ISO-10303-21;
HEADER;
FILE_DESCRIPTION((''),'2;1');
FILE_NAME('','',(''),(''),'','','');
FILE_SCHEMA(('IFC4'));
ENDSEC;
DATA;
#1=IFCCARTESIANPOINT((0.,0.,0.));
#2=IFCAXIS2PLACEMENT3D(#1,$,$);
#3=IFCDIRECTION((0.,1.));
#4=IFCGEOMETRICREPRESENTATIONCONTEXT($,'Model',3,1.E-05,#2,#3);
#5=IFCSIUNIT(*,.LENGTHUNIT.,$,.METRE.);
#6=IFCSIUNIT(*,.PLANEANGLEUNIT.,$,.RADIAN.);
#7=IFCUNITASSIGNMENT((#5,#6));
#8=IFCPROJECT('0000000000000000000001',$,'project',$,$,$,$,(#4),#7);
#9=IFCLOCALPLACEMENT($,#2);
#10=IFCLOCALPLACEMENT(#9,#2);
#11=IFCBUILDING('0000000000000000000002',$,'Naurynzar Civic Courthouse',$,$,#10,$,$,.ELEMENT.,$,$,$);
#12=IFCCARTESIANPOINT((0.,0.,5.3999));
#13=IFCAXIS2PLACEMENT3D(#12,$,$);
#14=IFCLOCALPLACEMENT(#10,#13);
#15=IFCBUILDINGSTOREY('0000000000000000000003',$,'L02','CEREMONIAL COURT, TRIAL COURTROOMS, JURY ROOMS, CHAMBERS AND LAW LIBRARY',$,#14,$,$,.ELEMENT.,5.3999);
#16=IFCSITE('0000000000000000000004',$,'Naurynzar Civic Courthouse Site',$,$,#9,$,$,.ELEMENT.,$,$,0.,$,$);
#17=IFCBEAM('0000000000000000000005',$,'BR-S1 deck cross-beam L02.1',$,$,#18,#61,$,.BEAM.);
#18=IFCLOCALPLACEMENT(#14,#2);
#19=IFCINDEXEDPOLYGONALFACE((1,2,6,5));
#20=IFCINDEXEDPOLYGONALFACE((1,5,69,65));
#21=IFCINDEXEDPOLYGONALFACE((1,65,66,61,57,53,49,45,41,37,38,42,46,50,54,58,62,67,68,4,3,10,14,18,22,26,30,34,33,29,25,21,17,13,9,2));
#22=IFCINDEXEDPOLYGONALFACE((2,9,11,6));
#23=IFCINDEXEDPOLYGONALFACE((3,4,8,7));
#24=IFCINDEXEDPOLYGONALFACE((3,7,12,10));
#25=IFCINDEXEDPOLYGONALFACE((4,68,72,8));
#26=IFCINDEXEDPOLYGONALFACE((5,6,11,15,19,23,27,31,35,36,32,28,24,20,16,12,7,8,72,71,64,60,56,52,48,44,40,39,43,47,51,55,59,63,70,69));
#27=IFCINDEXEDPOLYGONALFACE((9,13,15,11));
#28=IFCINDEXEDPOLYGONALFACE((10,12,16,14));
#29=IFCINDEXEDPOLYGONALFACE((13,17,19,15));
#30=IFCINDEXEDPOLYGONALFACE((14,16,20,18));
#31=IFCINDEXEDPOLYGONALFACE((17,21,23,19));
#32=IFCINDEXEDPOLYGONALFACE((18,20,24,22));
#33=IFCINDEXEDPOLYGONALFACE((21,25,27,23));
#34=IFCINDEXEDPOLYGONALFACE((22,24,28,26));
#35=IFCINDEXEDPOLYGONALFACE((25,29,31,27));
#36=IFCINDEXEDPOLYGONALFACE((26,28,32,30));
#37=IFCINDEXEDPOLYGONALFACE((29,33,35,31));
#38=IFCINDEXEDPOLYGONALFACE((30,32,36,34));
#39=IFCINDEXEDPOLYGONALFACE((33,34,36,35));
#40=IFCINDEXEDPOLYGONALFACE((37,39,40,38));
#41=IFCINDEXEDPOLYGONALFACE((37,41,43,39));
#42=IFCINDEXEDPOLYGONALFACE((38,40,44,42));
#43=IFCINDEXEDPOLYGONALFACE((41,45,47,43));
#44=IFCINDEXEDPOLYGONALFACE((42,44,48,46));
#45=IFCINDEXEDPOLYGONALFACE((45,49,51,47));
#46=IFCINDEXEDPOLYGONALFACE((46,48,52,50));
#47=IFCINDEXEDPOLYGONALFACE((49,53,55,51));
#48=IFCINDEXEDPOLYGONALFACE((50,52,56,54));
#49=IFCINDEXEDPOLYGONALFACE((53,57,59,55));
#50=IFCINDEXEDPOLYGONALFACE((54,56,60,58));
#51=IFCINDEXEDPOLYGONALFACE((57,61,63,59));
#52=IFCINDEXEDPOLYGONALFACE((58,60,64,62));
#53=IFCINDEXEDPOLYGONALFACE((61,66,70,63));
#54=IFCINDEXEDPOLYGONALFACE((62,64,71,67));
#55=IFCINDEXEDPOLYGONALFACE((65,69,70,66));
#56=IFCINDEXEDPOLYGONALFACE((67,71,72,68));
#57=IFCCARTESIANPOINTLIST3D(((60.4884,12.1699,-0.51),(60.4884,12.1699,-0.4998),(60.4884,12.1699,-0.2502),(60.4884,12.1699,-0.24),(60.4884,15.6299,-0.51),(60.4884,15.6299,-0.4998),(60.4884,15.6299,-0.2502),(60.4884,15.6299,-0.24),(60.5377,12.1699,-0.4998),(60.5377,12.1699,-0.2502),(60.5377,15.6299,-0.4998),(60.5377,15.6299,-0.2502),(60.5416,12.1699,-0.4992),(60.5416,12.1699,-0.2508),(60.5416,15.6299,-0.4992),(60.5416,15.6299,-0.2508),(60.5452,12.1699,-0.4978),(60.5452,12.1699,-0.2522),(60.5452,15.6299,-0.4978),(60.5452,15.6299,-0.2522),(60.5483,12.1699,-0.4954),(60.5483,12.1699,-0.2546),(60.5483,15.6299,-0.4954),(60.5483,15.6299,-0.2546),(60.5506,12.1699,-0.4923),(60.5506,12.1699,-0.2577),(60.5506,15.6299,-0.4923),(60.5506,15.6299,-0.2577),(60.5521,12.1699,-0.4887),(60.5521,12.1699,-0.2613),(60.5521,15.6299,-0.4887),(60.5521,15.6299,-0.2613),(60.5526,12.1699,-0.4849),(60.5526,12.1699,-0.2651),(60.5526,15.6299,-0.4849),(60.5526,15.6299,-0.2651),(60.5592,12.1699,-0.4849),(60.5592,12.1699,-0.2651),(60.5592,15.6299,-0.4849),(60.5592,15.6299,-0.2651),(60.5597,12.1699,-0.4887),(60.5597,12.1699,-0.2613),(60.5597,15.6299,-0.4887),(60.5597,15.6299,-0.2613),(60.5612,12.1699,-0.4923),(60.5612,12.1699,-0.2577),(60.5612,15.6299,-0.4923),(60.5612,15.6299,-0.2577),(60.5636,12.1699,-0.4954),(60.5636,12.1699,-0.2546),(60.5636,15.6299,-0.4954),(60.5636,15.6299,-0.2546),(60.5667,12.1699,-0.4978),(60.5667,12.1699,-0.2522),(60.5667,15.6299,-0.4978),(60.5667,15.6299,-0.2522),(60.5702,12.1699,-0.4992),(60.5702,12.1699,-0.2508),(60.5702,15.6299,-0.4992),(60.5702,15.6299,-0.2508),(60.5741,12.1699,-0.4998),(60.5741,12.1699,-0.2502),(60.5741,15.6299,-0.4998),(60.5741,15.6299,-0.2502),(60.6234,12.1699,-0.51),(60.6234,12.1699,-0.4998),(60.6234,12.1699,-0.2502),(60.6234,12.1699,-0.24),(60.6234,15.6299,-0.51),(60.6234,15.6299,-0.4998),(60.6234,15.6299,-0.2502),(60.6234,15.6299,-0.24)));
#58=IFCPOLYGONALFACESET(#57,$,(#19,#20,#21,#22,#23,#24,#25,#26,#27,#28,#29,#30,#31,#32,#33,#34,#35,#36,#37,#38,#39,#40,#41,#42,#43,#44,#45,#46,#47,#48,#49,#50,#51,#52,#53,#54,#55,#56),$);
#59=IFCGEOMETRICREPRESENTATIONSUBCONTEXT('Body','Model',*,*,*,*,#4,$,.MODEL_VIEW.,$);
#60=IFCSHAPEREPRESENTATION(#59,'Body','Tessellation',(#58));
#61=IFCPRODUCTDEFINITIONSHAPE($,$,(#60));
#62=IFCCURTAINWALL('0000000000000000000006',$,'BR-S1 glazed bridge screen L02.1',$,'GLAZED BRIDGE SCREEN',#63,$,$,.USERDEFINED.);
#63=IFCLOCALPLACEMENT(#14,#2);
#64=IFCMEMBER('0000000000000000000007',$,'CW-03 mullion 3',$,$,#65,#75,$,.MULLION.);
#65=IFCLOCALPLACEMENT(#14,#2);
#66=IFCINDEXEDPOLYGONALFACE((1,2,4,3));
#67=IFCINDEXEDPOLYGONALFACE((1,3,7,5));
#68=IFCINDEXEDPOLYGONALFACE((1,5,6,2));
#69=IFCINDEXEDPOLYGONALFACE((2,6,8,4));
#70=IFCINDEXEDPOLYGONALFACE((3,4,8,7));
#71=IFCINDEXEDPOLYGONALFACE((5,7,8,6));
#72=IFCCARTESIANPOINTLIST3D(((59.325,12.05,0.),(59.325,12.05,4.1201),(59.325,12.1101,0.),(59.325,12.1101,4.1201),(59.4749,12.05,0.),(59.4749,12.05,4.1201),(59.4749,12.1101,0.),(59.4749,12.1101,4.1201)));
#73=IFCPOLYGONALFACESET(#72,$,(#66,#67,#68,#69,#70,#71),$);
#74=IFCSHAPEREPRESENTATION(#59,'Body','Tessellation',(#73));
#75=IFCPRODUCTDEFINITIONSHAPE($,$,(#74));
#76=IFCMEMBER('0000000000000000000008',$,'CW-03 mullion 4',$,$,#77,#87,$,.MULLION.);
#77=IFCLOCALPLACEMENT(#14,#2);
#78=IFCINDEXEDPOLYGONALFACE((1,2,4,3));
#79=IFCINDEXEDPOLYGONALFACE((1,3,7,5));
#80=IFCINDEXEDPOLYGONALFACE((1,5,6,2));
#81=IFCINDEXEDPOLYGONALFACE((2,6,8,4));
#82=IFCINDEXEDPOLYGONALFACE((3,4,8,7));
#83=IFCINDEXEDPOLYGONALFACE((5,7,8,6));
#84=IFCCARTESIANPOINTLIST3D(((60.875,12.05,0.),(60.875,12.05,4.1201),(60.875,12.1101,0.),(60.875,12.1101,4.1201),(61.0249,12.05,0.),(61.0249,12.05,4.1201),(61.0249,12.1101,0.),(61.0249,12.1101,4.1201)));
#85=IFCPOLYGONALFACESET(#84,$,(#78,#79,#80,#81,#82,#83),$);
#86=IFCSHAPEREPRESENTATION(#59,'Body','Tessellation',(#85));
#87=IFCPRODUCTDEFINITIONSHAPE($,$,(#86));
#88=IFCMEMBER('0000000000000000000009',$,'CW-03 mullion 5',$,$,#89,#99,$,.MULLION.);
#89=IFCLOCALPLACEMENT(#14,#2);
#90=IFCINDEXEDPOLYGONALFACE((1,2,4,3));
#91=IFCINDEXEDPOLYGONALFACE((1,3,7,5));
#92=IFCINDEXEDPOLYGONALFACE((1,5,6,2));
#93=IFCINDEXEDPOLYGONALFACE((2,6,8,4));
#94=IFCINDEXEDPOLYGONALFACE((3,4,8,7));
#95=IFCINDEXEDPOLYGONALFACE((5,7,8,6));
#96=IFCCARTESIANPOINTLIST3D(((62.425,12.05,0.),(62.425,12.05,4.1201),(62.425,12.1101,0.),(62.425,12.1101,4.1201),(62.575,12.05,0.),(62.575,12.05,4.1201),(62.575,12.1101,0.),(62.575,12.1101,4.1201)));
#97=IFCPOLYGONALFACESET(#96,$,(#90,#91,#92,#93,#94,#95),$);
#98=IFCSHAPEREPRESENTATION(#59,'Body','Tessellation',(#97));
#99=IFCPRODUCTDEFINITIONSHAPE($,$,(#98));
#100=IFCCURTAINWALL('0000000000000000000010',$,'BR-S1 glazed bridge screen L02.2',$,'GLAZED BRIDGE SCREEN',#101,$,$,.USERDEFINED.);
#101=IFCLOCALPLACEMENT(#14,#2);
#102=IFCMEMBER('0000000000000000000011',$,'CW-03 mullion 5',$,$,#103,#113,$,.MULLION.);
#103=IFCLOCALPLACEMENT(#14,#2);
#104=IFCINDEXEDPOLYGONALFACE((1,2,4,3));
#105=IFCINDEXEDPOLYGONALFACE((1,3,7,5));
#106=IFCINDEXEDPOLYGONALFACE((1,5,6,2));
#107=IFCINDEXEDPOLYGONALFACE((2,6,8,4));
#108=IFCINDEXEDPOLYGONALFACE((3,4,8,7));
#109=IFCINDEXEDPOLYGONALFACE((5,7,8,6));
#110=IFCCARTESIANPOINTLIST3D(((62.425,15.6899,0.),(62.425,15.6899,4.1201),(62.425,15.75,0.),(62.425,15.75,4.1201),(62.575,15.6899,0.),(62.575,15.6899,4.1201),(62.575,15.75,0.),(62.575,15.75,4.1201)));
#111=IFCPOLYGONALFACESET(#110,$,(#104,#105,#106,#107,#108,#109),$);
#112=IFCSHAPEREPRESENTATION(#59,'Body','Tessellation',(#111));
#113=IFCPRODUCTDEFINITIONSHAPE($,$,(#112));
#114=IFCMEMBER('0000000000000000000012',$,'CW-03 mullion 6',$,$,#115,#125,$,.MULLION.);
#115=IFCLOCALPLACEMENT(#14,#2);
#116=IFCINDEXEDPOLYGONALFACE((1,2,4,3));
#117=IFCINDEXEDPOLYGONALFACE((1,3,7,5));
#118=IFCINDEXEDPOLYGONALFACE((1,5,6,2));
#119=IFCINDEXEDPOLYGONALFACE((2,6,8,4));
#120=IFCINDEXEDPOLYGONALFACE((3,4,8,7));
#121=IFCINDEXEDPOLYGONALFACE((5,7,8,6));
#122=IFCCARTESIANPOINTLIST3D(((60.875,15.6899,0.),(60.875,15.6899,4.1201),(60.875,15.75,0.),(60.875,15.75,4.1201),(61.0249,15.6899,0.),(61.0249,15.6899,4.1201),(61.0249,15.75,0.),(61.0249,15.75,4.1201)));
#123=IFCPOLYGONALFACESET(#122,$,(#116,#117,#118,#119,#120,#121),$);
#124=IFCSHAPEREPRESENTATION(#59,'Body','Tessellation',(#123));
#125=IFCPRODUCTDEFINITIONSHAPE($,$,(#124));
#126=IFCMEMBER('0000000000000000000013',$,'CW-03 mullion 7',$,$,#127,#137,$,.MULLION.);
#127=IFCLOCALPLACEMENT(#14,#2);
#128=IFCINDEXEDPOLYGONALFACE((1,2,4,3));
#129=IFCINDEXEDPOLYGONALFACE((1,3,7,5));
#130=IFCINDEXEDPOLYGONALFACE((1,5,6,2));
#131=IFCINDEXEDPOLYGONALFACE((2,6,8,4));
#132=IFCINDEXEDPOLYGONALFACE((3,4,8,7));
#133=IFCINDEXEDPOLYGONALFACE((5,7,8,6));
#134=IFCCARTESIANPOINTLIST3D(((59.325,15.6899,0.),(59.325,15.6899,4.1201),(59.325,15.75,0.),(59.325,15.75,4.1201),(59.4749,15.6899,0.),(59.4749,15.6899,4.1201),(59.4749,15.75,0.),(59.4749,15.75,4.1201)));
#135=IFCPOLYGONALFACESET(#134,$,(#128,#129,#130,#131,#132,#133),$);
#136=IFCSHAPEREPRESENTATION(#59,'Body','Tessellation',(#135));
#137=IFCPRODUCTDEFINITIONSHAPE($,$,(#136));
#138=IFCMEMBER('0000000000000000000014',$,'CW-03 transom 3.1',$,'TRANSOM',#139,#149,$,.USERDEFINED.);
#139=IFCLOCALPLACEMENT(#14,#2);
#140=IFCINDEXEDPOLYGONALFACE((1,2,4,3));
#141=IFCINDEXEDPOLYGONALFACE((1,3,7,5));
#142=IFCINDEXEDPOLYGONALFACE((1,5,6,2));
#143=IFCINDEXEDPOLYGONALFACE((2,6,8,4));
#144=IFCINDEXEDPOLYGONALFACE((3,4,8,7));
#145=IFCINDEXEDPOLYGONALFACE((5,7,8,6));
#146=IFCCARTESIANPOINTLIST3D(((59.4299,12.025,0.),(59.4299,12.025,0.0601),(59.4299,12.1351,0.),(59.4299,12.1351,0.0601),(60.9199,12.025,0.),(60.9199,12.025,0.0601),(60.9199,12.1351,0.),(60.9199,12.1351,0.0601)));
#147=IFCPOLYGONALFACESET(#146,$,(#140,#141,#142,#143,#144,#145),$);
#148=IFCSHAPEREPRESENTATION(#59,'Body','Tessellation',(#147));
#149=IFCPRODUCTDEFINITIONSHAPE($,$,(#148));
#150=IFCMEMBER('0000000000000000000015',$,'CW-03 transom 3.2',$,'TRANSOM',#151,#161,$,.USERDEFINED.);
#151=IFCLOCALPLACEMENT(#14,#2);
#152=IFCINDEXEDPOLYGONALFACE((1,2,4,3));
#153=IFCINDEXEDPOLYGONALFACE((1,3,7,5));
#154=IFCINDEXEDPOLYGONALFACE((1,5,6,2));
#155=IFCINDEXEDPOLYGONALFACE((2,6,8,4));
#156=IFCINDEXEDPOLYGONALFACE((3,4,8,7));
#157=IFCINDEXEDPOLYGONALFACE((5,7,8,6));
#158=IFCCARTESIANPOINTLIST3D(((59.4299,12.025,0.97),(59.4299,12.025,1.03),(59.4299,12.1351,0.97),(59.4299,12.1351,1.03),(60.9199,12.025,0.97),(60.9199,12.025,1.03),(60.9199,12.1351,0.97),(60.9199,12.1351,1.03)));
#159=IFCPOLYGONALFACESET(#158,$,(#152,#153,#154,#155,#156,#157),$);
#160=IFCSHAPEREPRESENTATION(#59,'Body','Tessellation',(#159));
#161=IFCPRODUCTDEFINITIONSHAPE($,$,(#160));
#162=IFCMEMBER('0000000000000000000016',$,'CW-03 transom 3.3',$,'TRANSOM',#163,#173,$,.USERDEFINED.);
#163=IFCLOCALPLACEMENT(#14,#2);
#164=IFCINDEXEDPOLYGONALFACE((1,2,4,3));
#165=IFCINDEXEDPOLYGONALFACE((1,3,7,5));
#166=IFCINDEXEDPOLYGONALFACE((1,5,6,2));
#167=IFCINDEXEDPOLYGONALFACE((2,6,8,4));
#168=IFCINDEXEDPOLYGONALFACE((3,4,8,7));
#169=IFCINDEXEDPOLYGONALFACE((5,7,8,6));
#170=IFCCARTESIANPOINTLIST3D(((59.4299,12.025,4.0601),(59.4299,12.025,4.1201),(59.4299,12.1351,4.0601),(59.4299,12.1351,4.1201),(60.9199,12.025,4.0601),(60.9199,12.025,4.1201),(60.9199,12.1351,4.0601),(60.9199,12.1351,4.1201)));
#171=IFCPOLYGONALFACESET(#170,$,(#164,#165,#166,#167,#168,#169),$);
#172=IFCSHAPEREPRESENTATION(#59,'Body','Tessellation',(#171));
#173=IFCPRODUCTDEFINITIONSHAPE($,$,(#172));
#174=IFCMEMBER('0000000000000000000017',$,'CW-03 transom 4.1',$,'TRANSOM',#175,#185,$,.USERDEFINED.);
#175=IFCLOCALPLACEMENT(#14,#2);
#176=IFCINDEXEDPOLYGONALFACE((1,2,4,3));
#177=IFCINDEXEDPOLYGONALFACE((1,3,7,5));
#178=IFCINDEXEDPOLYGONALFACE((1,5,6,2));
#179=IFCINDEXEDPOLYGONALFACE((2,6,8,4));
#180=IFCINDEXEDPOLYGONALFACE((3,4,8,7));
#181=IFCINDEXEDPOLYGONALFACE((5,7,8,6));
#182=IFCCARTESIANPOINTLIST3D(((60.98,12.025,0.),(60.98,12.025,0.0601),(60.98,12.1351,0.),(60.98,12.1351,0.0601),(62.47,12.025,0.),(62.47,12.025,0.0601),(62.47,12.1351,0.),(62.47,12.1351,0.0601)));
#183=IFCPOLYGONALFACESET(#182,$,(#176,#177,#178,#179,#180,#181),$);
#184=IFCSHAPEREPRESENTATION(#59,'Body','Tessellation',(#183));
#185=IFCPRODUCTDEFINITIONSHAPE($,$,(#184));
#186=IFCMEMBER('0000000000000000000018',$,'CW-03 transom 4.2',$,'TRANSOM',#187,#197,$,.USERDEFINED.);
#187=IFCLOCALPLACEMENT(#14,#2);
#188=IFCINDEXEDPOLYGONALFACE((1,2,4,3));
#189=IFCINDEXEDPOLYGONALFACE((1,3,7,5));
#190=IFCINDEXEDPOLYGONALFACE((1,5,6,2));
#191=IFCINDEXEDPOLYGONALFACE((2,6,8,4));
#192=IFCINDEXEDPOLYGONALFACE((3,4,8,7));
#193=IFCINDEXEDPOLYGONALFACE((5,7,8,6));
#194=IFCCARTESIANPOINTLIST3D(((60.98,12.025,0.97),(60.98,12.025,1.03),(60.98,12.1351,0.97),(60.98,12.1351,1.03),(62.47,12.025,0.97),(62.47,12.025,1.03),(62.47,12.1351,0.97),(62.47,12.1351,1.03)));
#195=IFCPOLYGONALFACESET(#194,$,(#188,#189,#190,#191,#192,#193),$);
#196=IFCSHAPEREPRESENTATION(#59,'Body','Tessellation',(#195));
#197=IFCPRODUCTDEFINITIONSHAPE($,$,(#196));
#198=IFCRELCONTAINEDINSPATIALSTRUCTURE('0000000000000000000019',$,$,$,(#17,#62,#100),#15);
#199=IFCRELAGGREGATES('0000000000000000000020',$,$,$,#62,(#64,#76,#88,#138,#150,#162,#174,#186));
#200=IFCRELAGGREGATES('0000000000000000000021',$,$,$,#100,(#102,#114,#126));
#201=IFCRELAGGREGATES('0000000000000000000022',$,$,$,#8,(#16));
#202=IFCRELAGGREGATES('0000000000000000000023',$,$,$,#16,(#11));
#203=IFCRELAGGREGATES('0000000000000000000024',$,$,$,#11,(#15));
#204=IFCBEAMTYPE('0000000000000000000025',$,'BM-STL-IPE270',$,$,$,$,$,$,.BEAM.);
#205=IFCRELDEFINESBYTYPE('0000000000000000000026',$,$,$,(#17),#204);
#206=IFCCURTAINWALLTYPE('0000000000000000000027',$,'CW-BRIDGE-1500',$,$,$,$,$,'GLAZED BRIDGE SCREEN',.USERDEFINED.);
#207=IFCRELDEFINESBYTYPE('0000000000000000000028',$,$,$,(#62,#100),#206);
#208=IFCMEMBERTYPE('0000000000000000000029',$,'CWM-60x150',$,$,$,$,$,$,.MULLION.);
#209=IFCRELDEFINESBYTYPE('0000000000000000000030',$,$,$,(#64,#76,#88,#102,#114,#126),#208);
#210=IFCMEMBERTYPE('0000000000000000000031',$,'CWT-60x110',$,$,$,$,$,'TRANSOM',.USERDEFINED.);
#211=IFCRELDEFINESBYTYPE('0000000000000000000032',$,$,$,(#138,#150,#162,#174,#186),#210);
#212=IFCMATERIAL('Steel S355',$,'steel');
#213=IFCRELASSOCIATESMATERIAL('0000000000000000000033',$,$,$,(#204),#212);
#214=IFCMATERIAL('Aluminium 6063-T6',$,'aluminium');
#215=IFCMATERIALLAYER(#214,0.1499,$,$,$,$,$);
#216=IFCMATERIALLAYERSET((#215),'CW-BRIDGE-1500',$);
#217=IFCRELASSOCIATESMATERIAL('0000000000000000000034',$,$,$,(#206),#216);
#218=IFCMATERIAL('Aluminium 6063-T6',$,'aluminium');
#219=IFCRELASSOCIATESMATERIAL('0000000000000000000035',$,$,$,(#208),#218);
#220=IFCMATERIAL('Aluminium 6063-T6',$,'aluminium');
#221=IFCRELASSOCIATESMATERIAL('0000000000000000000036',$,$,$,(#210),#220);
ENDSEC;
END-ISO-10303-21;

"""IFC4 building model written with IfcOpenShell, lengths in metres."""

from ifc_helpers import new_model, si_unit, direction, frame, origin, origin_2d, place, context, subcontext, project, spatial, rectangle, i_section, extrude, material, layer, layer_set, material_profile, profile_set, type_object, element, aggregate, save


model = new_model("IFC4")

# Units and contexts
model_context = context("Model", 3, precision=1e-05, world=origin(), true_north=direction((0.0, 1.0)))
body_context = subcontext(model_context, "Body", "Model", "MODEL_VIEW")
ifc_project = project(units=[si_unit("LENGTHUNIT", "METRE"), si_unit("PLANEANGLEUNIT", "RADIAN")], contexts=[model_context])

# Site, building, storey
site_placement = place(None, origin())
site = spatial("IfcSite", under=ifc_project, at=site_placement, Name="Naurynzar Civic Courthouse Site", CompositionType="ELEMENT", RefElevation=0.0)
building_placement = place(site_placement, origin())
building = spatial("IfcBuilding", under=site, at=building_placement, Name="Naurynzar Civic Courthouse", CompositionType="ELEMENT")
storey_placement = place(building_placement, frame((0.0, 0.0, 5.3999)))
storey = spatial("IfcBuildingStorey", under=building, at=storey_placement, Name="L02", Description="CEREMONIAL COURT, TRIAL COURTROOMS, JURY ROOMS, CHAMBERS AND LAW LIBRARY", CompositionType="ELEMENT", Elevation=5.3999)

# Beam
ifc_material_1 = material(Name="Steel S355", Category="steel")
ifc_material_profile_1 = material_profile(ifc_material_1, i_section(OverallWidth=0.135, OverallDepth=0.27, WebThickness=0.0066, FlangeThickness=0.0103, FilletRadius=0.0149, at=origin_2d()), Name="IPE 270")
ifc_profile_set_1 = profile_set([ifc_material_profile_1], Name="Steel S355")
beam_type = type_object("IfcBeamType", Name="BM-STL-IPE270", PredefinedType="BEAM", material=ifc_profile_set_1)
beam_placement = place(storey_placement, frame((60.5559, 12.1699, -0.375), z_axis=(0.0, 1.0, 0.0), x_axis=(-1.0, 0.0, 0.0)))
element("IfcBeam", 1, at=beam_placement, inside=storey, type_object=beam_type, Name="BR-S1 deck cross-beam L02.1", PredefinedType="BEAM", context=body_context, shape_type="SweptSolid", body=[
    extrude(i_section(OverallWidth=0.135, OverallDepth=0.27, WebThickness=0.0066, FlangeThickness=0.0103, FilletRadius=0.0149, at=origin_2d()), origin(), (0.0, 0.0, 1.0), 3.46),
])

# Curtain walls, members
ifc_material_2 = material(Name="Aluminium 6063-T6", Category="aluminium")
ifc_layer_1 = layer(ifc_material_2, 0.1499)
ifc_layer_set_1 = layer_set([ifc_layer_1], Name="CW-BRIDGE-1500")
curtain_wall_type = type_object("IfcCurtainWallType", Name="CW-BRIDGE-1500", ElementType="GLAZED BRIDGE SCREEN", PredefinedType="USERDEFINED", material=ifc_layer_set_1)
curtain_wall_1_placement = place(storey_placement, origin())
curtain_wall_1 = element("IfcCurtainWall", 2, at=curtain_wall_1_placement, inside=storey, type_object=curtain_wall_type, Name="BR-S1 glazed bridge screen L02.1", ObjectType="GLAZED BRIDGE SCREEN", PredefinedType="USERDEFINED")
ifc_material_3 = material(Name="Aluminium 6063-T6", Category="aluminium")
ifc_material_profile_2 = material_profile(ifc_material_3, rectangle(XDim=0.0601, YDim=0.1499, at=origin_2d()), Name="ALU MULLION 60x150")
ifc_profile_set_2 = profile_set([ifc_material_profile_2], Name="Aluminium 6063-T6")
member_type_1 = type_object("IfcMemberType", Name="CWM-60x150", PredefinedType="MULLION", material=ifc_profile_set_2)
member_1_placement = place(storey_placement, frame((59.3999, 12.0801, 0.0), z_axis=(0.0, 0.0, 1.0), x_axis=(0.0, 1.0, 0.0)))
member_1 = element("IfcMember", 3, at=member_1_placement, type_object=member_type_1, Name="CW-03 mullion 3", PredefinedType="MULLION", context=body_context, shape_type="SweptSolid", body=[
    extrude(rectangle(XDim=0.0601, YDim=0.1499, at=origin_2d()), origin(), (0.0, 0.0, 1.0), 4.1201),
])
member_2_placement = place(storey_placement, frame((60.95, 12.0801, 0.0), z_axis=(0.0, 0.0, 1.0), x_axis=(0.0, 1.0, 0.0)))
member_2 = element("IfcMember", 4, at=member_2_placement, type_object=member_type_1, Name="CW-03 mullion 4", PredefinedType="MULLION", context=body_context, shape_type="SweptSolid", body=[
    extrude(rectangle(XDim=0.0601, YDim=0.1499, at=origin_2d()), origin(), (0.0, 0.0, 1.0), 4.1201),
])
member_3_placement = place(storey_placement, frame((62.5, 12.0801, 0.0), z_axis=(0.0, 0.0, 1.0), x_axis=(0.0, 1.0, 0.0)))
member_3 = element("IfcMember", 5, at=member_3_placement, type_object=member_type_1, Name="CW-03 mullion 5", PredefinedType="MULLION", context=body_context, shape_type="SweptSolid", body=[
    extrude(rectangle(XDim=0.0601, YDim=0.1499, at=origin_2d()), origin(), (0.0, 0.0, 1.0), 4.1201),
])
curtain_wall_2_placement = place(storey_placement, origin())
curtain_wall_2 = element("IfcCurtainWall", 6, at=curtain_wall_2_placement, inside=storey, type_object=curtain_wall_type, Name="BR-S1 glazed bridge screen L02.2", ObjectType="GLAZED BRIDGE SCREEN", PredefinedType="USERDEFINED")
member_4_placement = place(storey_placement, frame((62.5, 15.72, 0.0), z_axis=(0.0, 0.0, 1.0), x_axis=(0.0, -1.0, 0.0)))
member_4 = element("IfcMember", 7, at=member_4_placement, type_object=member_type_1, Name="CW-03 mullion 5", PredefinedType="MULLION", context=body_context, shape_type="SweptSolid", body=[
    extrude(rectangle(XDim=0.0601, YDim=0.1499, at=origin_2d()), origin(), (0.0, 0.0, 1.0), 4.1201),
])
member_5_placement = place(storey_placement, frame((60.95, 15.72, 0.0), z_axis=(0.0, 0.0, 1.0), x_axis=(0.0, -1.0, 0.0)))
member_5 = element("IfcMember", 8, at=member_5_placement, type_object=member_type_1, Name="CW-03 mullion 6", PredefinedType="MULLION", context=body_context, shape_type="SweptSolid", body=[
    extrude(rectangle(XDim=0.0601, YDim=0.1499, at=origin_2d()), origin(), (0.0, 0.0, 1.0), 4.1201),
])
member_6_placement = place(storey_placement, frame((59.3999, 15.72, 0.0), z_axis=(0.0, 0.0, 1.0), x_axis=(0.0, -1.0, 0.0)))
member_6 = element("IfcMember", 9, at=member_6_placement, type_object=member_type_1, Name="CW-03 mullion 7", PredefinedType="MULLION", context=body_context, shape_type="SweptSolid", body=[
    extrude(rectangle(XDim=0.0601, YDim=0.1499, at=origin_2d()), origin(), (0.0, 0.0, 1.0), 4.1201),
])

# Members
ifc_material_4 = material(Name="Aluminium 6063-T6", Category="aluminium")
ifc_material_profile_3 = material_profile(ifc_material_4, rectangle(XDim=0.1101, YDim=0.0601, at=origin_2d()), Name="ALU TRANSOM 60x110")
ifc_profile_set_3 = profile_set([ifc_material_profile_3], Name="Aluminium 6063-T6")
member_type_2 = type_object("IfcMemberType", Name="CWT-60x110", ElementType="TRANSOM", PredefinedType="USERDEFINED", material=ifc_profile_set_3)
member_7_placement = place(storey_placement, frame((59.4299, 12.0801, 0.03), z_axis=(1.0, 0.0, 0.0), x_axis=(0.0, 1.0, 0.0)))
member_7 = element("IfcMember", 10, at=member_7_placement, type_object=member_type_2, Name="CW-03 transom 3.1", ObjectType="TRANSOM", PredefinedType="USERDEFINED", context=body_context, shape_type="SweptSolid", body=[
    extrude(rectangle(XDim=0.1101, YDim=0.0601, at=origin_2d()), origin(), (0.0, 0.0, 1.0), 1.49),
])
member_8_placement = place(storey_placement, frame((59.4299, 12.0801, 1.0), z_axis=(1.0, 0.0, 0.0), x_axis=(0.0, 1.0, 0.0)))
member_8 = element("IfcMember", 11, at=member_8_placement, type_object=member_type_2, Name="CW-03 transom 3.2", ObjectType="TRANSOM", PredefinedType="USERDEFINED", context=body_context, shape_type="SweptSolid", body=[
    extrude(rectangle(XDim=0.1101, YDim=0.0601, at=origin_2d()), origin(), (0.0, 0.0, 1.0), 1.49),
])
member_9_placement = place(storey_placement, frame((59.4299, 12.0801, 4.0901), z_axis=(1.0, 0.0, 0.0), x_axis=(0.0, 1.0, 0.0)))
member_9 = element("IfcMember", 12, at=member_9_placement, type_object=member_type_2, Name="CW-03 transom 3.3", ObjectType="TRANSOM", PredefinedType="USERDEFINED", context=body_context, shape_type="SweptSolid", body=[
    extrude(rectangle(XDim=0.1101, YDim=0.0601, at=origin_2d()), origin(), (0.0, 0.0, 1.0), 1.49),
])
member_10_placement = place(storey_placement, frame((60.98, 12.0801, 0.03), z_axis=(1.0, 0.0, 0.0), x_axis=(0.0, 1.0, 0.0)))
member_10 = element("IfcMember", 13, at=member_10_placement, type_object=member_type_2, Name="CW-03 transom 4.1", ObjectType="TRANSOM", PredefinedType="USERDEFINED", context=body_context, shape_type="SweptSolid", body=[
    extrude(rectangle(XDim=0.1101, YDim=0.0601, at=origin_2d()), origin(), (0.0, 0.0, 1.0), 1.49),
])
member_11_placement = place(storey_placement, frame((60.98, 12.0801, 1.0), z_axis=(1.0, 0.0, 0.0), x_axis=(0.0, 1.0, 0.0)))
member_11 = element("IfcMember", 14, at=member_11_placement, type_object=member_type_2, Name="CW-03 transom 4.2", ObjectType="TRANSOM", PredefinedType="USERDEFINED", context=body_context, shape_type="SweptSolid", body=[
    extrude(rectangle(XDim=0.1101, YDim=0.0601, at=origin_2d()), origin(), (0.0, 0.0, 1.0), 1.49),
])

aggregate(curtain_wall_1, [member_1, member_2, member_3, member_7, member_8, member_9, member_10, member_11])
aggregate(curtain_wall_2, [member_4, member_5, member_6])

save(model, "model.ifc")
